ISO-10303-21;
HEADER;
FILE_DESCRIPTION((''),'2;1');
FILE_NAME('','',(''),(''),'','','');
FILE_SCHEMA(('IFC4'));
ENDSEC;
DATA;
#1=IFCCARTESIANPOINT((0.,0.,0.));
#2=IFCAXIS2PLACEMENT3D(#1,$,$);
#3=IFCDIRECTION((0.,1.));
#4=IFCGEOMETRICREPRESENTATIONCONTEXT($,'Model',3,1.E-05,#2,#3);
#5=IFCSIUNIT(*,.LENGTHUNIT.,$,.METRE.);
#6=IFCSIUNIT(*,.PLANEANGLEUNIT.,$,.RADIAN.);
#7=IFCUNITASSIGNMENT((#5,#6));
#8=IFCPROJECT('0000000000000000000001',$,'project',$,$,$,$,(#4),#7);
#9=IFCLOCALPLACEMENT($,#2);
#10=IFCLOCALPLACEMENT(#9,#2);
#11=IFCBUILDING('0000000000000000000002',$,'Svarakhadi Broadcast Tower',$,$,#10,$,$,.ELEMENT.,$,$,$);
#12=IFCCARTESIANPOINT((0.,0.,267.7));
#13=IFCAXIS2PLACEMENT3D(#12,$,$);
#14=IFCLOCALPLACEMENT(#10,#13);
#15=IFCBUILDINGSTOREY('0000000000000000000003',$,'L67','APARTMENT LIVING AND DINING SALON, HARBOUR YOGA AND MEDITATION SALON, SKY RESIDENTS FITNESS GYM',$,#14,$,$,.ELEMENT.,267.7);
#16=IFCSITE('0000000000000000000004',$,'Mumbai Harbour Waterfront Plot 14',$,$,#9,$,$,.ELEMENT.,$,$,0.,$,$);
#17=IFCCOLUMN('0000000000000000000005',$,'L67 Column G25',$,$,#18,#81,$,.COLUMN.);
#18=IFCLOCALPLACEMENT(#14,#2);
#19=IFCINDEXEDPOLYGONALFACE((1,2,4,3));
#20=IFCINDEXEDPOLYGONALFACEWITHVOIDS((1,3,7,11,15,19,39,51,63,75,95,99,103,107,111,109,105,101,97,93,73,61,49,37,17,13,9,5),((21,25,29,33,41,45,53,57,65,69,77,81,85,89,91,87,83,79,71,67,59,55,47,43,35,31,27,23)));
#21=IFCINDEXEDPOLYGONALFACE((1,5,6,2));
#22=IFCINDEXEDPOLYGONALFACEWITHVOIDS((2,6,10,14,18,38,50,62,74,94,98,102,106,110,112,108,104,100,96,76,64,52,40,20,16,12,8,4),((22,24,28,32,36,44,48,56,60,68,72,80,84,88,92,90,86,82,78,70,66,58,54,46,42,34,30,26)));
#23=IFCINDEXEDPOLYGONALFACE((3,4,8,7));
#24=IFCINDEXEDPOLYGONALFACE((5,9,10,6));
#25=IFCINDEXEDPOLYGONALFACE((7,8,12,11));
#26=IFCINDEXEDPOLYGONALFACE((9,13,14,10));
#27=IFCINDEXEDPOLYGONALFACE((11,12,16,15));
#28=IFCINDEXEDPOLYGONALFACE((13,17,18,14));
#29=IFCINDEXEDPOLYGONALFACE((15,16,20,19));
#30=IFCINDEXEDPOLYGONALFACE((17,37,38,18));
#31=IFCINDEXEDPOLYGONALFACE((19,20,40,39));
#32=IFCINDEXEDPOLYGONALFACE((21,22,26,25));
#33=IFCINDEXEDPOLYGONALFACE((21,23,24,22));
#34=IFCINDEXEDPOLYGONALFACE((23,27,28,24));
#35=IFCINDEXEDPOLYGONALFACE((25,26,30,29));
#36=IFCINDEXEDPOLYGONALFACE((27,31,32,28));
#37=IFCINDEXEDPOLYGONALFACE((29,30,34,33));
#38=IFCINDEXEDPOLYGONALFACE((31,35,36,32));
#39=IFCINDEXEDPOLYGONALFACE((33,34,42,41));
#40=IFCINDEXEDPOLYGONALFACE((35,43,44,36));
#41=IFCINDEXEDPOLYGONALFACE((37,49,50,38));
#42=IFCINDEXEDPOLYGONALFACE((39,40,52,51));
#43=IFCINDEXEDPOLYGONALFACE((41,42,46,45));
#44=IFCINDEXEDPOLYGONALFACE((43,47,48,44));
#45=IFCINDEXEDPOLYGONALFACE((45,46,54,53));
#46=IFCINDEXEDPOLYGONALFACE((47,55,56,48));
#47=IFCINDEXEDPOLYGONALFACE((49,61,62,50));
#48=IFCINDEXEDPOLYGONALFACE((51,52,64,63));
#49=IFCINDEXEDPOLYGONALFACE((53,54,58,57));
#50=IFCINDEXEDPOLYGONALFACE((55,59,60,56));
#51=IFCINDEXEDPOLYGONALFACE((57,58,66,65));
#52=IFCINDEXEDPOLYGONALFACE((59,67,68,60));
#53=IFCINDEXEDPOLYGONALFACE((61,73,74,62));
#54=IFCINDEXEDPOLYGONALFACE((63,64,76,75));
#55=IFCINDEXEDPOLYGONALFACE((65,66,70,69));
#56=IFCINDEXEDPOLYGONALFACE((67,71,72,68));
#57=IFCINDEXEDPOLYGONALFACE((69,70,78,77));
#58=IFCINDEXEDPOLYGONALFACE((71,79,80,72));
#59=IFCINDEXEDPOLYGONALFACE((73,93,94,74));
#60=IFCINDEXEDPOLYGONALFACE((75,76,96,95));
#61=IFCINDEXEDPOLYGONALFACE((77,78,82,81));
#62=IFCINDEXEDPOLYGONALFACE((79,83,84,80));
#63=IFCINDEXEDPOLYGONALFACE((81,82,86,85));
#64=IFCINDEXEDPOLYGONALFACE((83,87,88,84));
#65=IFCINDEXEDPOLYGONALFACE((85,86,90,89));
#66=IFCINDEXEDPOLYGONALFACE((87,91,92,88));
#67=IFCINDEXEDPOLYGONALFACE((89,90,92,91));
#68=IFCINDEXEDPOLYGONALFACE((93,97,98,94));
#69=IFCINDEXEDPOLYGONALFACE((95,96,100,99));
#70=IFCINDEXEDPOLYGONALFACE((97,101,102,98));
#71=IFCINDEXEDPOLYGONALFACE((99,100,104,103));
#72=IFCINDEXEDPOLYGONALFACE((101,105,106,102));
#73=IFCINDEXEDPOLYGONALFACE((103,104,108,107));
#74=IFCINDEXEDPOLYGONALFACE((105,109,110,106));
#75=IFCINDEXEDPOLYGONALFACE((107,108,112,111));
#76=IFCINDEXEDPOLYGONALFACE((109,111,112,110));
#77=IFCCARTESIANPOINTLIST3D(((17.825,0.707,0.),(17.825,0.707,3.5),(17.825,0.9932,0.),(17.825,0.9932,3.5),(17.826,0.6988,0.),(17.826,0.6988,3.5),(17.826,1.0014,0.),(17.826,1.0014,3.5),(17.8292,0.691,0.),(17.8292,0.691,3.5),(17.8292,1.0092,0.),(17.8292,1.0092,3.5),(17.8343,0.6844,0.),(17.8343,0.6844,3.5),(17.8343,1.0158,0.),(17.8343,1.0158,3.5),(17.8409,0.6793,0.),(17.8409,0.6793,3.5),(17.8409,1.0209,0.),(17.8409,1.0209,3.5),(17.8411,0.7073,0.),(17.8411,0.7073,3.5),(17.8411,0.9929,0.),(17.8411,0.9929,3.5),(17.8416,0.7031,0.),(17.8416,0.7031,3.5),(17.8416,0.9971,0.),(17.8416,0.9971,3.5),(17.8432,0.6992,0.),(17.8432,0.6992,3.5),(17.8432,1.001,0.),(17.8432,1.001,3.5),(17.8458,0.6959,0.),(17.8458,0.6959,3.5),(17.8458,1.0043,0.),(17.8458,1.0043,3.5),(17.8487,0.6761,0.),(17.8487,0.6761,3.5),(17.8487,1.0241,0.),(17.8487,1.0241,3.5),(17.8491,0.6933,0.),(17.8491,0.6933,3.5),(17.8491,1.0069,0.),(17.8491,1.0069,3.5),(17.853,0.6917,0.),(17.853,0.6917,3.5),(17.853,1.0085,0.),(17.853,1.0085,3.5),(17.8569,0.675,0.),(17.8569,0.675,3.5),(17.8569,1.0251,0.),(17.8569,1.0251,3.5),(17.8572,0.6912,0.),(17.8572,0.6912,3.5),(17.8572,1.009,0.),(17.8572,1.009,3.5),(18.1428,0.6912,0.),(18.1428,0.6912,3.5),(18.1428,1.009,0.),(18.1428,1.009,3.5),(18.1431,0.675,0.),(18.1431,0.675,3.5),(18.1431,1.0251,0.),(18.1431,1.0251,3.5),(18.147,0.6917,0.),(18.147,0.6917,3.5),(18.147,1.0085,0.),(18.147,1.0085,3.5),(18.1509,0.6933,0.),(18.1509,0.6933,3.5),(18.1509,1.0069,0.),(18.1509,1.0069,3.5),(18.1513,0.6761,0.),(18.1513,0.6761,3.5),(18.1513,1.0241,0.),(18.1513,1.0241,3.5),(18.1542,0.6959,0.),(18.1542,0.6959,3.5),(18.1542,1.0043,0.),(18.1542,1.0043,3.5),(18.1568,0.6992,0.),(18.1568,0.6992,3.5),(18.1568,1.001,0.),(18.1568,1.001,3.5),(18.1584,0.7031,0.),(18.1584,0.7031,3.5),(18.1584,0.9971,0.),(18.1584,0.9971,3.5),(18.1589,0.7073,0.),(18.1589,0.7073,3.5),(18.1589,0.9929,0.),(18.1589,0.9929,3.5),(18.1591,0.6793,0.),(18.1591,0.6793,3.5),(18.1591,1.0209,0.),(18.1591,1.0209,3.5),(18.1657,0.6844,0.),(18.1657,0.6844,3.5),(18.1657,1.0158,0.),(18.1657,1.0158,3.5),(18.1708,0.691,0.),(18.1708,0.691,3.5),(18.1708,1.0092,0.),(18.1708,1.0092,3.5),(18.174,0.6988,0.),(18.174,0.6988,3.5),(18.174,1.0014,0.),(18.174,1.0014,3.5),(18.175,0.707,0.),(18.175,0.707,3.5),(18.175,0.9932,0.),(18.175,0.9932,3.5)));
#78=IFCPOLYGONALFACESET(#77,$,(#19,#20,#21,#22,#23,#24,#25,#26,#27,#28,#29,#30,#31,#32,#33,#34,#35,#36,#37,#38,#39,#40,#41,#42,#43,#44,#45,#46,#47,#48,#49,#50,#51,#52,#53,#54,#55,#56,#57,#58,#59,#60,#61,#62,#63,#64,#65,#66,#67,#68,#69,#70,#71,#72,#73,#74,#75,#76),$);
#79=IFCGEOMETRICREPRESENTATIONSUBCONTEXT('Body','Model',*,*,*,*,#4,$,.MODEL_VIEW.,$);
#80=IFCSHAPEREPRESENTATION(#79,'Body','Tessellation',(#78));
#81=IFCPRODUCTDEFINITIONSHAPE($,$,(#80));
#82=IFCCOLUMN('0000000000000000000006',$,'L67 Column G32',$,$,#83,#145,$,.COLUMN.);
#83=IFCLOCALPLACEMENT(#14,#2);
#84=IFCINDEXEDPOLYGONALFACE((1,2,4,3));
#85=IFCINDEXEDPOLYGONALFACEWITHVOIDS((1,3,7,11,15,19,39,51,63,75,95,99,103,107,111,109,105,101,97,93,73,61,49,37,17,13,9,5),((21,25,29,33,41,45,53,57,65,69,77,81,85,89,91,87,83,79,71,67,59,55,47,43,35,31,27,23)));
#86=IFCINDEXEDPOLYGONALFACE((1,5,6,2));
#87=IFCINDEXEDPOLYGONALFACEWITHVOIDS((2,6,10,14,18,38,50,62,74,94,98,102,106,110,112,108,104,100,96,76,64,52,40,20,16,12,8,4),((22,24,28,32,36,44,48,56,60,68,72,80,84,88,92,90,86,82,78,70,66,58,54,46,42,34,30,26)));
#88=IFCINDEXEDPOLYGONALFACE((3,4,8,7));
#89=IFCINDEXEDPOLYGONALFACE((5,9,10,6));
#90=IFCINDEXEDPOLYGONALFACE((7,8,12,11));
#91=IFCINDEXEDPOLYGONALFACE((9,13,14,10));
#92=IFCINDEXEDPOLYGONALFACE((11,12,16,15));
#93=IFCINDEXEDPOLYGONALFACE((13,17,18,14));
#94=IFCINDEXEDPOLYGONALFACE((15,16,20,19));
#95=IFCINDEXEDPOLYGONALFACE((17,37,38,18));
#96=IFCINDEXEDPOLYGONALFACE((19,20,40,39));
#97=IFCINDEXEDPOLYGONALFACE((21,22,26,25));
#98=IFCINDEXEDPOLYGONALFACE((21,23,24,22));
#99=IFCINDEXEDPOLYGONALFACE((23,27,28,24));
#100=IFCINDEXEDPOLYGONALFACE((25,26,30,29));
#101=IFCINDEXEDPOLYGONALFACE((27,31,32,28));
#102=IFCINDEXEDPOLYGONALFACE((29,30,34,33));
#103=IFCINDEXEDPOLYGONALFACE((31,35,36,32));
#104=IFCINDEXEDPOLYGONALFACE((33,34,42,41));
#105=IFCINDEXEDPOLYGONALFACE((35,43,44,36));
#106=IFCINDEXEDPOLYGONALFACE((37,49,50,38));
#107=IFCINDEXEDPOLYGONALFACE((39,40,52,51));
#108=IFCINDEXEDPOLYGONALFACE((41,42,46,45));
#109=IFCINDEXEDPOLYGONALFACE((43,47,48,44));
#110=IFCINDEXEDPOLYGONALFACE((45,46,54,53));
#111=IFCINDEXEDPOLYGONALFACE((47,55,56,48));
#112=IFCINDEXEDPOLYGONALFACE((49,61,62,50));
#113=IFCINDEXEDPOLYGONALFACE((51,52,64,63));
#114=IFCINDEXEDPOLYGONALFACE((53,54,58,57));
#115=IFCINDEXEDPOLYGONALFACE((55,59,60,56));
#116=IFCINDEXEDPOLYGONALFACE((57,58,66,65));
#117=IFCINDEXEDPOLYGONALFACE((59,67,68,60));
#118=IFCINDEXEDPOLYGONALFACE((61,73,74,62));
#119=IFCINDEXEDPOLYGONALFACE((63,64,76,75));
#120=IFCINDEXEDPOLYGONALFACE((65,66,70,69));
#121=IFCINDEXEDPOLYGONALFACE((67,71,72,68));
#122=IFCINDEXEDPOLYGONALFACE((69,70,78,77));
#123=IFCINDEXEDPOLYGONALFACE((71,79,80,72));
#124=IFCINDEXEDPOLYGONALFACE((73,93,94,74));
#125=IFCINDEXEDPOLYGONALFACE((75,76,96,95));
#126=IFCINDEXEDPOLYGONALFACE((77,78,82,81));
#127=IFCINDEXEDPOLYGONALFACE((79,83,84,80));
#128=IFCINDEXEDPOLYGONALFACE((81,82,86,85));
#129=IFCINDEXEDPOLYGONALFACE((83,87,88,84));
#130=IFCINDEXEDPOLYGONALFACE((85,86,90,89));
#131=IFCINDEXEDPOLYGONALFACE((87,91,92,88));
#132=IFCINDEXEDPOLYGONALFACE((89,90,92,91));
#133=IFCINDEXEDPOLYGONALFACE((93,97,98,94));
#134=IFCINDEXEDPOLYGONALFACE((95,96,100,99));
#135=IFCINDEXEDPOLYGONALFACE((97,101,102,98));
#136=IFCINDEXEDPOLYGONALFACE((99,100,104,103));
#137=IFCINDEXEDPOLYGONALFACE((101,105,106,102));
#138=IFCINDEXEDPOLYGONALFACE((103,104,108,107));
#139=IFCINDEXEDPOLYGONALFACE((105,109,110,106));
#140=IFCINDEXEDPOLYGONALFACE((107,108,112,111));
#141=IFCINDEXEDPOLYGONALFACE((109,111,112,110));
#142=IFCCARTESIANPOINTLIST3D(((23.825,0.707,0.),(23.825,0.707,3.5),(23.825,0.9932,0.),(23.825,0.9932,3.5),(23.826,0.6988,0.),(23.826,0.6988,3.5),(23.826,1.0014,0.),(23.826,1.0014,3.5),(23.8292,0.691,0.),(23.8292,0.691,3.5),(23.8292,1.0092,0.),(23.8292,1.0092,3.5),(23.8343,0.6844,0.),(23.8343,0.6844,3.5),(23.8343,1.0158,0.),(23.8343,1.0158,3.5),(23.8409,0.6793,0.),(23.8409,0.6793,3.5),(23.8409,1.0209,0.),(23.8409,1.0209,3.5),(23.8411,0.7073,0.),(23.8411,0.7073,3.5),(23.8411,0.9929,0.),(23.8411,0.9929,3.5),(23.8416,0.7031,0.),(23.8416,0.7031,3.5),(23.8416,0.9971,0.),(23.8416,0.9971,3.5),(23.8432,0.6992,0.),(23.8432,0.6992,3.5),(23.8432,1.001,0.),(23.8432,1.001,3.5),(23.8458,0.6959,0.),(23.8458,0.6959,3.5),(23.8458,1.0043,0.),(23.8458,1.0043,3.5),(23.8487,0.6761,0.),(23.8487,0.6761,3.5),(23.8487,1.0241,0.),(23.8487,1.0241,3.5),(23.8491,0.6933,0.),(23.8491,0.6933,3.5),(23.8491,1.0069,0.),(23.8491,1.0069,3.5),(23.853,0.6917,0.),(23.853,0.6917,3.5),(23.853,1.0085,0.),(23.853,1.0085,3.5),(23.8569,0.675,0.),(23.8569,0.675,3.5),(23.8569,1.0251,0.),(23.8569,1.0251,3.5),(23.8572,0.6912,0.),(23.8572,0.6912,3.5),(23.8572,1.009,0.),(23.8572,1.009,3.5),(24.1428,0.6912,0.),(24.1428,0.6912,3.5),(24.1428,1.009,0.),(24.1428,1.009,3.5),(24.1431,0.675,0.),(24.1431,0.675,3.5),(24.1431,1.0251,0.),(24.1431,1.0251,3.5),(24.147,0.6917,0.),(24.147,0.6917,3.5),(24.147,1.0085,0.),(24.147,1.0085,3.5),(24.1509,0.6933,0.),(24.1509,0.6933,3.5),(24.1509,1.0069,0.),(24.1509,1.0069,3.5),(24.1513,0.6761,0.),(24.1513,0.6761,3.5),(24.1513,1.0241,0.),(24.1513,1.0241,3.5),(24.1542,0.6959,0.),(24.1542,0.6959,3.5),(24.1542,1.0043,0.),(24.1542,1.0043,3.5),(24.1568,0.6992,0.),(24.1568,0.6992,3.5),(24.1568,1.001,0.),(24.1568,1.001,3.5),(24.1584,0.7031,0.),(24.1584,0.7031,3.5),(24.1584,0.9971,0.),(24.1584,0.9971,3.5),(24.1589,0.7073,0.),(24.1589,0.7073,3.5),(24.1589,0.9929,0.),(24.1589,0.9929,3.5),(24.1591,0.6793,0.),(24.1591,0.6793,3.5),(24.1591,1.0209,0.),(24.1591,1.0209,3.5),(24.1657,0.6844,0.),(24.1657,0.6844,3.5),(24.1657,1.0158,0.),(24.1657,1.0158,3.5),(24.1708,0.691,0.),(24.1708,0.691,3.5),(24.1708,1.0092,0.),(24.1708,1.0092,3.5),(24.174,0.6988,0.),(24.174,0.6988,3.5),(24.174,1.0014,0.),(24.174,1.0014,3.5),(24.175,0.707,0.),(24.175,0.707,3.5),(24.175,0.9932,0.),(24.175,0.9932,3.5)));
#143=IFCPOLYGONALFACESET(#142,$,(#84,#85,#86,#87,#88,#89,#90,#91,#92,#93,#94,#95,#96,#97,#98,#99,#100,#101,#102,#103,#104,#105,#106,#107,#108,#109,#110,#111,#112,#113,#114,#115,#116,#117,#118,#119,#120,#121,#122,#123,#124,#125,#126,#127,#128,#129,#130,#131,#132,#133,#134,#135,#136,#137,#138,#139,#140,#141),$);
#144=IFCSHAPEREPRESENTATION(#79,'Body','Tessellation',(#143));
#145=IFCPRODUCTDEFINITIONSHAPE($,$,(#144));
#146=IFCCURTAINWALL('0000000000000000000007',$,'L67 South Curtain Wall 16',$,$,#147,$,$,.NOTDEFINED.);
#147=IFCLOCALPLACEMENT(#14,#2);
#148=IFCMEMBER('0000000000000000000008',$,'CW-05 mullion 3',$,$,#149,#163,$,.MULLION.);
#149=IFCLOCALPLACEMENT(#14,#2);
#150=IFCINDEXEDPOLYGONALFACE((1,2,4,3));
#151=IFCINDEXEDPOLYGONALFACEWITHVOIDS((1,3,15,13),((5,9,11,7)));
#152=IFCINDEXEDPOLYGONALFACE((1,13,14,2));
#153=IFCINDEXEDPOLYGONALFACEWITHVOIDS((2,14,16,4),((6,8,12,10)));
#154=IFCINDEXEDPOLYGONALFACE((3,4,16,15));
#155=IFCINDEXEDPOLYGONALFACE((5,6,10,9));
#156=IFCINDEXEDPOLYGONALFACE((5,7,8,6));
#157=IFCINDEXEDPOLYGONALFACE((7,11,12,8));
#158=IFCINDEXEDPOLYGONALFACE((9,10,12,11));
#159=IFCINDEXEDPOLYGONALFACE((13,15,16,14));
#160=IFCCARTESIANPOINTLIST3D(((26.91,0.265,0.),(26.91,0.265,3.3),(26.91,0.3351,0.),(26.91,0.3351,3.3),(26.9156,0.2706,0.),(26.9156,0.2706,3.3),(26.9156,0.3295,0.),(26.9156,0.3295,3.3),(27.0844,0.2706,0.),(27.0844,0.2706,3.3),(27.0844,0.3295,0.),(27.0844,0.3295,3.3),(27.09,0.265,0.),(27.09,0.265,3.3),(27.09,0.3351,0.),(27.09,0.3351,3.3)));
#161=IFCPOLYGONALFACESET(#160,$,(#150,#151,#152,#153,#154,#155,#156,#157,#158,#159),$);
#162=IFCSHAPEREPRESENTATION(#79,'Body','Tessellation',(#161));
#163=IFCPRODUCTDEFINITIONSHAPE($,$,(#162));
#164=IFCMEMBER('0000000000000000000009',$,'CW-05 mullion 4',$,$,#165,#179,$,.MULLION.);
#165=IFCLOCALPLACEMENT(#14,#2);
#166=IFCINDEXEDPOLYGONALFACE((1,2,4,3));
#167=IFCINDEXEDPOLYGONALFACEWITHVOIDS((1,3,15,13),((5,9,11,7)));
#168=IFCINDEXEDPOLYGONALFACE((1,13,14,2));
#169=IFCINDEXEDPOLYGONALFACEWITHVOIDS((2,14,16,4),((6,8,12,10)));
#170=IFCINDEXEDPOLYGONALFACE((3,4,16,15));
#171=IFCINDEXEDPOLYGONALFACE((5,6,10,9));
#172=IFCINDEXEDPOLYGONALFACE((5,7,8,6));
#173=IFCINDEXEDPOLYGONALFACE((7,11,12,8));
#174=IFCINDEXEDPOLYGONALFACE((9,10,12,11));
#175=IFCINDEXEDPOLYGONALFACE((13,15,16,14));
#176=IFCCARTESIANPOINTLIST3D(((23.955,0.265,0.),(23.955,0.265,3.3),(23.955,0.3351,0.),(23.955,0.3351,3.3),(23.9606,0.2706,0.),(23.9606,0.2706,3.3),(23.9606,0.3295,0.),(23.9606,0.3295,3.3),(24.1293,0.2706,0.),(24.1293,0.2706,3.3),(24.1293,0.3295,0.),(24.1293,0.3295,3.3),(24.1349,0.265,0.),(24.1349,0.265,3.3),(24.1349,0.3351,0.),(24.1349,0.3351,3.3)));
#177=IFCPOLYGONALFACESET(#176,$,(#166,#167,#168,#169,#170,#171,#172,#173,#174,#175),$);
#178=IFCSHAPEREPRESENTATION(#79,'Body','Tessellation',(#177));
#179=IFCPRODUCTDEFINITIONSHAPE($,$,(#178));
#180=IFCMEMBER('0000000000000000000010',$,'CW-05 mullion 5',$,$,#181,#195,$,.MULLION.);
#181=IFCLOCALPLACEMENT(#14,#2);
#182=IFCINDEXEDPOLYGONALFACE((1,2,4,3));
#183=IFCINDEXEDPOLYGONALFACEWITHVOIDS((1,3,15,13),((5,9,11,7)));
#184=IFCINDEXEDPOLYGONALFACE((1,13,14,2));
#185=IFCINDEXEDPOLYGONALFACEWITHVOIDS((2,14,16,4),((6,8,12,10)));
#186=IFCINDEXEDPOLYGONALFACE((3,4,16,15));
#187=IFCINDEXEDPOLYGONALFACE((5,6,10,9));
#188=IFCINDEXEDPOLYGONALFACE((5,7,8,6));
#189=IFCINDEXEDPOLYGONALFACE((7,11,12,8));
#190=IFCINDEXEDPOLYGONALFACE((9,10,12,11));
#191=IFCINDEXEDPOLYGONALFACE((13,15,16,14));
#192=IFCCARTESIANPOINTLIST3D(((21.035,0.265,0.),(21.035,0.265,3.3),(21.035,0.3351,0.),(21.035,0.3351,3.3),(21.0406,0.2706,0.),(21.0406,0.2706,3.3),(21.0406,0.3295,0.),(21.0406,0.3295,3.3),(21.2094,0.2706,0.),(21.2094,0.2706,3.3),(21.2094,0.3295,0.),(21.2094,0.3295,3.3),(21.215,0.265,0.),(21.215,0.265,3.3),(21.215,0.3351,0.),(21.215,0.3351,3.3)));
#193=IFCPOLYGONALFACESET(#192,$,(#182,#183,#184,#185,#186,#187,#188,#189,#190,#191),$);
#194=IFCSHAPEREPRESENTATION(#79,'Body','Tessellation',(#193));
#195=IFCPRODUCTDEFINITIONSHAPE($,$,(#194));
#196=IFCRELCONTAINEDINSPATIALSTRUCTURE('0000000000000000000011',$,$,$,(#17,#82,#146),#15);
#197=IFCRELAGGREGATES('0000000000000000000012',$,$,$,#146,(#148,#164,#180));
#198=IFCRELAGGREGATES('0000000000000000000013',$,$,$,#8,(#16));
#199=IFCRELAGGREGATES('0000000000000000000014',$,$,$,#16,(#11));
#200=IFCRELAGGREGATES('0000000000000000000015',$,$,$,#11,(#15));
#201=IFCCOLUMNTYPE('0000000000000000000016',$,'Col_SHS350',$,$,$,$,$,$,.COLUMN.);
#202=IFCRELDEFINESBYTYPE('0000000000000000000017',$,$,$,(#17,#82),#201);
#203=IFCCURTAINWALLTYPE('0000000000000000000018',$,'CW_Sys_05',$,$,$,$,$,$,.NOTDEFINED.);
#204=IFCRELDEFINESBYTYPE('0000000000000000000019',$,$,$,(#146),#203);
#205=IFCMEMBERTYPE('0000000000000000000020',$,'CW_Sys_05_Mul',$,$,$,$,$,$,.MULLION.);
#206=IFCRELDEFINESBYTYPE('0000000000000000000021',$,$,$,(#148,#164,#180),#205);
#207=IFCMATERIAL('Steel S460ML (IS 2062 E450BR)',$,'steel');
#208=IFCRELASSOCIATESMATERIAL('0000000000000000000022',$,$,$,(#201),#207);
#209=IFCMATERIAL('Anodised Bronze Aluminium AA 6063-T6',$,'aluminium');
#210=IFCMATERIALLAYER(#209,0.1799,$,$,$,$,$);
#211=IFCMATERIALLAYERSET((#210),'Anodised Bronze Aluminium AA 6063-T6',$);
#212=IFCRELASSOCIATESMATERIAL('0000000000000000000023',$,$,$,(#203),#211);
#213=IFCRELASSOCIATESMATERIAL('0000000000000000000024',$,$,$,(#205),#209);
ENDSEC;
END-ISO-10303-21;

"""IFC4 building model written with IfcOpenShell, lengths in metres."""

from ifc_helpers import new_model, si_unit, direction, frame, origin, origin_2d, place, context, subcontext, project, spatial, hollow_rectangle, extrude, material, layer, layer_set, material_profile, profile_set, type_object, element, aggregate, save


model = new_model("IFC4")

# Units and contexts
model_context = context("Model", 3, precision=1e-05, world=origin(), true_north=direction((0.0, 1.0)))
body_context = subcontext(model_context, "Body", "Model", "MODEL_VIEW")
ifc_project = project(units=[si_unit("LENGTHUNIT", "METRE"), si_unit("PLANEANGLEUNIT", "RADIAN")], contexts=[model_context])

# Site, building, storey
site_placement = place(None, origin())
site = spatial("IfcSite", under=ifc_project, at=site_placement, Name="Mumbai Harbour Waterfront Plot 14", CompositionType="ELEMENT", RefElevation=0.0)
building_placement = place(site_placement, origin())
building = spatial("IfcBuilding", under=site, at=building_placement, Name="Svarakhadi Broadcast Tower", CompositionType="ELEMENT")
storey_placement = place(building_placement, frame((0.0, 0.0, 267.7)))
storey = spatial("IfcBuildingStorey", under=building, at=storey_placement, Name="L67", Description="APARTMENT LIVING AND DINING SALON, HARBOUR YOGA AND MEDITATION SALON, SKY RESIDENTS FITNESS GYM", CompositionType="ELEMENT", Elevation=267.7)

# Columns
ifc_material_1 = material(Name="Steel S460ML (IS 2062 E450BR)", Category="steel")
ifc_material_profile_1 = material_profile(ifc_material_1, hollow_rectangle(XDim=0.3501, YDim=0.3501, WallThickness=0.0161, InnerFilletRadius=0.0161, OuterFilletRadius=0.032, at=origin_2d()), Name="SHS 350x350x16")
ifc_profile_set_1 = profile_set([ifc_material_profile_1], Name="Steel S460ML (IS 2062 E450BR)")
column_type = type_object("IfcColumnType", Name="Col_SHS350", PredefinedType="COLUMN", material=ifc_profile_set_1)
for number, where, z_axis, x_axis, name in (
    (1, (18.0, 0.8501, 0.0), (0.0, 0.0, 1.0), (1.0, 0.0, 0.0), "L67 Column G25"),
    (2, (24.0, 0.8501, 0.0), (0.0, 0.0, 1.0), (1.0, 0.0, 0.0), "L67 Column G32"),
):
    element("IfcColumn", number, at=place(storey_placement, frame(where, z_axis=z_axis, x_axis=x_axis)), inside=storey, type_object=column_type, Name=name, PredefinedType="COLUMN", context=body_context, shape_type="SweptSolid", body=[
        extrude(hollow_rectangle(XDim=0.3501, YDim=0.3501, WallThickness=0.0161, InnerFilletRadius=0.0161, OuterFilletRadius=0.032, at=origin_2d()), origin(), (0.0, 0.0, 1.0), 3.5),
    ])

# Curtain wall, members
ifc_material_2 = material(Name="Anodised Bronze Aluminium AA 6063-T6", Category="aluminium")
ifc_layer_1 = layer(ifc_material_2, 0.1799)
ifc_layer_set_1 = layer_set([ifc_layer_1], Name="Anodised Bronze Aluminium AA 6063-T6")
curtain_wall_type = type_object("IfcCurtainWallType", Name="CW_Sys_05", PredefinedType="NOTDEFINED", material=ifc_layer_set_1)
curtain_wall_placement = place(storey_placement, origin())
curtain_wall = element("IfcCurtainWall", 3, at=curtain_wall_placement, inside=storey, type_object=curtain_wall_type, Name="L67 South Curtain Wall 16", PredefinedType="NOTDEFINED")
ifc_material_profile_2 = material_profile(ifc_material_2, hollow_rectangle(XDim=0.0701, YDim=0.1799, WallThickness=0.0056, at=origin_2d()), Name="ALU MULLION 180x70x6")
ifc_profile_set_2 = profile_set([ifc_material_profile_2], Name="Anodised Bronze Aluminium AA 6063-T6")
member_type_1 = type_object("IfcMemberType", Name="CW_Sys_05_Mul", PredefinedType="MULLION", material=ifc_profile_set_2)
member_1_placement = place(storey_placement, frame((27.0, 0.3, 0.0), z_axis=(0.0, 0.0, 1.0), x_axis=(0.0, -1.0, 0.0)))
member_1 = element("IfcMember", 4, at=member_1_placement, type_object=member_type_1, Name="CW-05 mullion 3", PredefinedType="MULLION", context=body_context, shape_type="SweptSolid", body=[
    extrude(hollow_rectangle(XDim=0.0701, YDim=0.1799, WallThickness=0.0056, at=origin_2d()), origin(), (0.0, 0.0, 1.0), 3.3),
])
member_2_placement = place(storey_placement, frame((24.0449, 0.3, 0.0), z_axis=(0.0, 0.0, 1.0), x_axis=(0.0, -1.0, 0.0)))
member_2 = element("IfcMember", 5, at=member_2_placement, type_object=member_type_1, Name="CW-05 mullion 4", PredefinedType="MULLION", context=body_context, shape_type="SweptSolid", body=[
    extrude(hollow_rectangle(XDim=0.0701, YDim=0.1799, WallThickness=0.0056, at=origin_2d()), origin(), (0.0, 0.0, 1.0), 3.3),
])
member_3_placement = place(storey_placement, frame((21.125, 0.3, 0.0), z_axis=(0.0, 0.0, 1.0), x_axis=(0.0, -1.0, 0.0)))
member_3 = element("IfcMember", 6, at=member_3_placement, type_object=member_type_1, Name="CW-05 mullion 5", PredefinedType="MULLION", context=body_context, shape_type="SweptSolid", body=[
    extrude(hollow_rectangle(XDim=0.0701, YDim=0.1799, WallThickness=0.0056, at=origin_2d()), origin(), (0.0, 0.0, 1.0), 3.3),
])

aggregate(curtain_wall, [member_1, member_2, member_3])

save(model, "model.ifc")
